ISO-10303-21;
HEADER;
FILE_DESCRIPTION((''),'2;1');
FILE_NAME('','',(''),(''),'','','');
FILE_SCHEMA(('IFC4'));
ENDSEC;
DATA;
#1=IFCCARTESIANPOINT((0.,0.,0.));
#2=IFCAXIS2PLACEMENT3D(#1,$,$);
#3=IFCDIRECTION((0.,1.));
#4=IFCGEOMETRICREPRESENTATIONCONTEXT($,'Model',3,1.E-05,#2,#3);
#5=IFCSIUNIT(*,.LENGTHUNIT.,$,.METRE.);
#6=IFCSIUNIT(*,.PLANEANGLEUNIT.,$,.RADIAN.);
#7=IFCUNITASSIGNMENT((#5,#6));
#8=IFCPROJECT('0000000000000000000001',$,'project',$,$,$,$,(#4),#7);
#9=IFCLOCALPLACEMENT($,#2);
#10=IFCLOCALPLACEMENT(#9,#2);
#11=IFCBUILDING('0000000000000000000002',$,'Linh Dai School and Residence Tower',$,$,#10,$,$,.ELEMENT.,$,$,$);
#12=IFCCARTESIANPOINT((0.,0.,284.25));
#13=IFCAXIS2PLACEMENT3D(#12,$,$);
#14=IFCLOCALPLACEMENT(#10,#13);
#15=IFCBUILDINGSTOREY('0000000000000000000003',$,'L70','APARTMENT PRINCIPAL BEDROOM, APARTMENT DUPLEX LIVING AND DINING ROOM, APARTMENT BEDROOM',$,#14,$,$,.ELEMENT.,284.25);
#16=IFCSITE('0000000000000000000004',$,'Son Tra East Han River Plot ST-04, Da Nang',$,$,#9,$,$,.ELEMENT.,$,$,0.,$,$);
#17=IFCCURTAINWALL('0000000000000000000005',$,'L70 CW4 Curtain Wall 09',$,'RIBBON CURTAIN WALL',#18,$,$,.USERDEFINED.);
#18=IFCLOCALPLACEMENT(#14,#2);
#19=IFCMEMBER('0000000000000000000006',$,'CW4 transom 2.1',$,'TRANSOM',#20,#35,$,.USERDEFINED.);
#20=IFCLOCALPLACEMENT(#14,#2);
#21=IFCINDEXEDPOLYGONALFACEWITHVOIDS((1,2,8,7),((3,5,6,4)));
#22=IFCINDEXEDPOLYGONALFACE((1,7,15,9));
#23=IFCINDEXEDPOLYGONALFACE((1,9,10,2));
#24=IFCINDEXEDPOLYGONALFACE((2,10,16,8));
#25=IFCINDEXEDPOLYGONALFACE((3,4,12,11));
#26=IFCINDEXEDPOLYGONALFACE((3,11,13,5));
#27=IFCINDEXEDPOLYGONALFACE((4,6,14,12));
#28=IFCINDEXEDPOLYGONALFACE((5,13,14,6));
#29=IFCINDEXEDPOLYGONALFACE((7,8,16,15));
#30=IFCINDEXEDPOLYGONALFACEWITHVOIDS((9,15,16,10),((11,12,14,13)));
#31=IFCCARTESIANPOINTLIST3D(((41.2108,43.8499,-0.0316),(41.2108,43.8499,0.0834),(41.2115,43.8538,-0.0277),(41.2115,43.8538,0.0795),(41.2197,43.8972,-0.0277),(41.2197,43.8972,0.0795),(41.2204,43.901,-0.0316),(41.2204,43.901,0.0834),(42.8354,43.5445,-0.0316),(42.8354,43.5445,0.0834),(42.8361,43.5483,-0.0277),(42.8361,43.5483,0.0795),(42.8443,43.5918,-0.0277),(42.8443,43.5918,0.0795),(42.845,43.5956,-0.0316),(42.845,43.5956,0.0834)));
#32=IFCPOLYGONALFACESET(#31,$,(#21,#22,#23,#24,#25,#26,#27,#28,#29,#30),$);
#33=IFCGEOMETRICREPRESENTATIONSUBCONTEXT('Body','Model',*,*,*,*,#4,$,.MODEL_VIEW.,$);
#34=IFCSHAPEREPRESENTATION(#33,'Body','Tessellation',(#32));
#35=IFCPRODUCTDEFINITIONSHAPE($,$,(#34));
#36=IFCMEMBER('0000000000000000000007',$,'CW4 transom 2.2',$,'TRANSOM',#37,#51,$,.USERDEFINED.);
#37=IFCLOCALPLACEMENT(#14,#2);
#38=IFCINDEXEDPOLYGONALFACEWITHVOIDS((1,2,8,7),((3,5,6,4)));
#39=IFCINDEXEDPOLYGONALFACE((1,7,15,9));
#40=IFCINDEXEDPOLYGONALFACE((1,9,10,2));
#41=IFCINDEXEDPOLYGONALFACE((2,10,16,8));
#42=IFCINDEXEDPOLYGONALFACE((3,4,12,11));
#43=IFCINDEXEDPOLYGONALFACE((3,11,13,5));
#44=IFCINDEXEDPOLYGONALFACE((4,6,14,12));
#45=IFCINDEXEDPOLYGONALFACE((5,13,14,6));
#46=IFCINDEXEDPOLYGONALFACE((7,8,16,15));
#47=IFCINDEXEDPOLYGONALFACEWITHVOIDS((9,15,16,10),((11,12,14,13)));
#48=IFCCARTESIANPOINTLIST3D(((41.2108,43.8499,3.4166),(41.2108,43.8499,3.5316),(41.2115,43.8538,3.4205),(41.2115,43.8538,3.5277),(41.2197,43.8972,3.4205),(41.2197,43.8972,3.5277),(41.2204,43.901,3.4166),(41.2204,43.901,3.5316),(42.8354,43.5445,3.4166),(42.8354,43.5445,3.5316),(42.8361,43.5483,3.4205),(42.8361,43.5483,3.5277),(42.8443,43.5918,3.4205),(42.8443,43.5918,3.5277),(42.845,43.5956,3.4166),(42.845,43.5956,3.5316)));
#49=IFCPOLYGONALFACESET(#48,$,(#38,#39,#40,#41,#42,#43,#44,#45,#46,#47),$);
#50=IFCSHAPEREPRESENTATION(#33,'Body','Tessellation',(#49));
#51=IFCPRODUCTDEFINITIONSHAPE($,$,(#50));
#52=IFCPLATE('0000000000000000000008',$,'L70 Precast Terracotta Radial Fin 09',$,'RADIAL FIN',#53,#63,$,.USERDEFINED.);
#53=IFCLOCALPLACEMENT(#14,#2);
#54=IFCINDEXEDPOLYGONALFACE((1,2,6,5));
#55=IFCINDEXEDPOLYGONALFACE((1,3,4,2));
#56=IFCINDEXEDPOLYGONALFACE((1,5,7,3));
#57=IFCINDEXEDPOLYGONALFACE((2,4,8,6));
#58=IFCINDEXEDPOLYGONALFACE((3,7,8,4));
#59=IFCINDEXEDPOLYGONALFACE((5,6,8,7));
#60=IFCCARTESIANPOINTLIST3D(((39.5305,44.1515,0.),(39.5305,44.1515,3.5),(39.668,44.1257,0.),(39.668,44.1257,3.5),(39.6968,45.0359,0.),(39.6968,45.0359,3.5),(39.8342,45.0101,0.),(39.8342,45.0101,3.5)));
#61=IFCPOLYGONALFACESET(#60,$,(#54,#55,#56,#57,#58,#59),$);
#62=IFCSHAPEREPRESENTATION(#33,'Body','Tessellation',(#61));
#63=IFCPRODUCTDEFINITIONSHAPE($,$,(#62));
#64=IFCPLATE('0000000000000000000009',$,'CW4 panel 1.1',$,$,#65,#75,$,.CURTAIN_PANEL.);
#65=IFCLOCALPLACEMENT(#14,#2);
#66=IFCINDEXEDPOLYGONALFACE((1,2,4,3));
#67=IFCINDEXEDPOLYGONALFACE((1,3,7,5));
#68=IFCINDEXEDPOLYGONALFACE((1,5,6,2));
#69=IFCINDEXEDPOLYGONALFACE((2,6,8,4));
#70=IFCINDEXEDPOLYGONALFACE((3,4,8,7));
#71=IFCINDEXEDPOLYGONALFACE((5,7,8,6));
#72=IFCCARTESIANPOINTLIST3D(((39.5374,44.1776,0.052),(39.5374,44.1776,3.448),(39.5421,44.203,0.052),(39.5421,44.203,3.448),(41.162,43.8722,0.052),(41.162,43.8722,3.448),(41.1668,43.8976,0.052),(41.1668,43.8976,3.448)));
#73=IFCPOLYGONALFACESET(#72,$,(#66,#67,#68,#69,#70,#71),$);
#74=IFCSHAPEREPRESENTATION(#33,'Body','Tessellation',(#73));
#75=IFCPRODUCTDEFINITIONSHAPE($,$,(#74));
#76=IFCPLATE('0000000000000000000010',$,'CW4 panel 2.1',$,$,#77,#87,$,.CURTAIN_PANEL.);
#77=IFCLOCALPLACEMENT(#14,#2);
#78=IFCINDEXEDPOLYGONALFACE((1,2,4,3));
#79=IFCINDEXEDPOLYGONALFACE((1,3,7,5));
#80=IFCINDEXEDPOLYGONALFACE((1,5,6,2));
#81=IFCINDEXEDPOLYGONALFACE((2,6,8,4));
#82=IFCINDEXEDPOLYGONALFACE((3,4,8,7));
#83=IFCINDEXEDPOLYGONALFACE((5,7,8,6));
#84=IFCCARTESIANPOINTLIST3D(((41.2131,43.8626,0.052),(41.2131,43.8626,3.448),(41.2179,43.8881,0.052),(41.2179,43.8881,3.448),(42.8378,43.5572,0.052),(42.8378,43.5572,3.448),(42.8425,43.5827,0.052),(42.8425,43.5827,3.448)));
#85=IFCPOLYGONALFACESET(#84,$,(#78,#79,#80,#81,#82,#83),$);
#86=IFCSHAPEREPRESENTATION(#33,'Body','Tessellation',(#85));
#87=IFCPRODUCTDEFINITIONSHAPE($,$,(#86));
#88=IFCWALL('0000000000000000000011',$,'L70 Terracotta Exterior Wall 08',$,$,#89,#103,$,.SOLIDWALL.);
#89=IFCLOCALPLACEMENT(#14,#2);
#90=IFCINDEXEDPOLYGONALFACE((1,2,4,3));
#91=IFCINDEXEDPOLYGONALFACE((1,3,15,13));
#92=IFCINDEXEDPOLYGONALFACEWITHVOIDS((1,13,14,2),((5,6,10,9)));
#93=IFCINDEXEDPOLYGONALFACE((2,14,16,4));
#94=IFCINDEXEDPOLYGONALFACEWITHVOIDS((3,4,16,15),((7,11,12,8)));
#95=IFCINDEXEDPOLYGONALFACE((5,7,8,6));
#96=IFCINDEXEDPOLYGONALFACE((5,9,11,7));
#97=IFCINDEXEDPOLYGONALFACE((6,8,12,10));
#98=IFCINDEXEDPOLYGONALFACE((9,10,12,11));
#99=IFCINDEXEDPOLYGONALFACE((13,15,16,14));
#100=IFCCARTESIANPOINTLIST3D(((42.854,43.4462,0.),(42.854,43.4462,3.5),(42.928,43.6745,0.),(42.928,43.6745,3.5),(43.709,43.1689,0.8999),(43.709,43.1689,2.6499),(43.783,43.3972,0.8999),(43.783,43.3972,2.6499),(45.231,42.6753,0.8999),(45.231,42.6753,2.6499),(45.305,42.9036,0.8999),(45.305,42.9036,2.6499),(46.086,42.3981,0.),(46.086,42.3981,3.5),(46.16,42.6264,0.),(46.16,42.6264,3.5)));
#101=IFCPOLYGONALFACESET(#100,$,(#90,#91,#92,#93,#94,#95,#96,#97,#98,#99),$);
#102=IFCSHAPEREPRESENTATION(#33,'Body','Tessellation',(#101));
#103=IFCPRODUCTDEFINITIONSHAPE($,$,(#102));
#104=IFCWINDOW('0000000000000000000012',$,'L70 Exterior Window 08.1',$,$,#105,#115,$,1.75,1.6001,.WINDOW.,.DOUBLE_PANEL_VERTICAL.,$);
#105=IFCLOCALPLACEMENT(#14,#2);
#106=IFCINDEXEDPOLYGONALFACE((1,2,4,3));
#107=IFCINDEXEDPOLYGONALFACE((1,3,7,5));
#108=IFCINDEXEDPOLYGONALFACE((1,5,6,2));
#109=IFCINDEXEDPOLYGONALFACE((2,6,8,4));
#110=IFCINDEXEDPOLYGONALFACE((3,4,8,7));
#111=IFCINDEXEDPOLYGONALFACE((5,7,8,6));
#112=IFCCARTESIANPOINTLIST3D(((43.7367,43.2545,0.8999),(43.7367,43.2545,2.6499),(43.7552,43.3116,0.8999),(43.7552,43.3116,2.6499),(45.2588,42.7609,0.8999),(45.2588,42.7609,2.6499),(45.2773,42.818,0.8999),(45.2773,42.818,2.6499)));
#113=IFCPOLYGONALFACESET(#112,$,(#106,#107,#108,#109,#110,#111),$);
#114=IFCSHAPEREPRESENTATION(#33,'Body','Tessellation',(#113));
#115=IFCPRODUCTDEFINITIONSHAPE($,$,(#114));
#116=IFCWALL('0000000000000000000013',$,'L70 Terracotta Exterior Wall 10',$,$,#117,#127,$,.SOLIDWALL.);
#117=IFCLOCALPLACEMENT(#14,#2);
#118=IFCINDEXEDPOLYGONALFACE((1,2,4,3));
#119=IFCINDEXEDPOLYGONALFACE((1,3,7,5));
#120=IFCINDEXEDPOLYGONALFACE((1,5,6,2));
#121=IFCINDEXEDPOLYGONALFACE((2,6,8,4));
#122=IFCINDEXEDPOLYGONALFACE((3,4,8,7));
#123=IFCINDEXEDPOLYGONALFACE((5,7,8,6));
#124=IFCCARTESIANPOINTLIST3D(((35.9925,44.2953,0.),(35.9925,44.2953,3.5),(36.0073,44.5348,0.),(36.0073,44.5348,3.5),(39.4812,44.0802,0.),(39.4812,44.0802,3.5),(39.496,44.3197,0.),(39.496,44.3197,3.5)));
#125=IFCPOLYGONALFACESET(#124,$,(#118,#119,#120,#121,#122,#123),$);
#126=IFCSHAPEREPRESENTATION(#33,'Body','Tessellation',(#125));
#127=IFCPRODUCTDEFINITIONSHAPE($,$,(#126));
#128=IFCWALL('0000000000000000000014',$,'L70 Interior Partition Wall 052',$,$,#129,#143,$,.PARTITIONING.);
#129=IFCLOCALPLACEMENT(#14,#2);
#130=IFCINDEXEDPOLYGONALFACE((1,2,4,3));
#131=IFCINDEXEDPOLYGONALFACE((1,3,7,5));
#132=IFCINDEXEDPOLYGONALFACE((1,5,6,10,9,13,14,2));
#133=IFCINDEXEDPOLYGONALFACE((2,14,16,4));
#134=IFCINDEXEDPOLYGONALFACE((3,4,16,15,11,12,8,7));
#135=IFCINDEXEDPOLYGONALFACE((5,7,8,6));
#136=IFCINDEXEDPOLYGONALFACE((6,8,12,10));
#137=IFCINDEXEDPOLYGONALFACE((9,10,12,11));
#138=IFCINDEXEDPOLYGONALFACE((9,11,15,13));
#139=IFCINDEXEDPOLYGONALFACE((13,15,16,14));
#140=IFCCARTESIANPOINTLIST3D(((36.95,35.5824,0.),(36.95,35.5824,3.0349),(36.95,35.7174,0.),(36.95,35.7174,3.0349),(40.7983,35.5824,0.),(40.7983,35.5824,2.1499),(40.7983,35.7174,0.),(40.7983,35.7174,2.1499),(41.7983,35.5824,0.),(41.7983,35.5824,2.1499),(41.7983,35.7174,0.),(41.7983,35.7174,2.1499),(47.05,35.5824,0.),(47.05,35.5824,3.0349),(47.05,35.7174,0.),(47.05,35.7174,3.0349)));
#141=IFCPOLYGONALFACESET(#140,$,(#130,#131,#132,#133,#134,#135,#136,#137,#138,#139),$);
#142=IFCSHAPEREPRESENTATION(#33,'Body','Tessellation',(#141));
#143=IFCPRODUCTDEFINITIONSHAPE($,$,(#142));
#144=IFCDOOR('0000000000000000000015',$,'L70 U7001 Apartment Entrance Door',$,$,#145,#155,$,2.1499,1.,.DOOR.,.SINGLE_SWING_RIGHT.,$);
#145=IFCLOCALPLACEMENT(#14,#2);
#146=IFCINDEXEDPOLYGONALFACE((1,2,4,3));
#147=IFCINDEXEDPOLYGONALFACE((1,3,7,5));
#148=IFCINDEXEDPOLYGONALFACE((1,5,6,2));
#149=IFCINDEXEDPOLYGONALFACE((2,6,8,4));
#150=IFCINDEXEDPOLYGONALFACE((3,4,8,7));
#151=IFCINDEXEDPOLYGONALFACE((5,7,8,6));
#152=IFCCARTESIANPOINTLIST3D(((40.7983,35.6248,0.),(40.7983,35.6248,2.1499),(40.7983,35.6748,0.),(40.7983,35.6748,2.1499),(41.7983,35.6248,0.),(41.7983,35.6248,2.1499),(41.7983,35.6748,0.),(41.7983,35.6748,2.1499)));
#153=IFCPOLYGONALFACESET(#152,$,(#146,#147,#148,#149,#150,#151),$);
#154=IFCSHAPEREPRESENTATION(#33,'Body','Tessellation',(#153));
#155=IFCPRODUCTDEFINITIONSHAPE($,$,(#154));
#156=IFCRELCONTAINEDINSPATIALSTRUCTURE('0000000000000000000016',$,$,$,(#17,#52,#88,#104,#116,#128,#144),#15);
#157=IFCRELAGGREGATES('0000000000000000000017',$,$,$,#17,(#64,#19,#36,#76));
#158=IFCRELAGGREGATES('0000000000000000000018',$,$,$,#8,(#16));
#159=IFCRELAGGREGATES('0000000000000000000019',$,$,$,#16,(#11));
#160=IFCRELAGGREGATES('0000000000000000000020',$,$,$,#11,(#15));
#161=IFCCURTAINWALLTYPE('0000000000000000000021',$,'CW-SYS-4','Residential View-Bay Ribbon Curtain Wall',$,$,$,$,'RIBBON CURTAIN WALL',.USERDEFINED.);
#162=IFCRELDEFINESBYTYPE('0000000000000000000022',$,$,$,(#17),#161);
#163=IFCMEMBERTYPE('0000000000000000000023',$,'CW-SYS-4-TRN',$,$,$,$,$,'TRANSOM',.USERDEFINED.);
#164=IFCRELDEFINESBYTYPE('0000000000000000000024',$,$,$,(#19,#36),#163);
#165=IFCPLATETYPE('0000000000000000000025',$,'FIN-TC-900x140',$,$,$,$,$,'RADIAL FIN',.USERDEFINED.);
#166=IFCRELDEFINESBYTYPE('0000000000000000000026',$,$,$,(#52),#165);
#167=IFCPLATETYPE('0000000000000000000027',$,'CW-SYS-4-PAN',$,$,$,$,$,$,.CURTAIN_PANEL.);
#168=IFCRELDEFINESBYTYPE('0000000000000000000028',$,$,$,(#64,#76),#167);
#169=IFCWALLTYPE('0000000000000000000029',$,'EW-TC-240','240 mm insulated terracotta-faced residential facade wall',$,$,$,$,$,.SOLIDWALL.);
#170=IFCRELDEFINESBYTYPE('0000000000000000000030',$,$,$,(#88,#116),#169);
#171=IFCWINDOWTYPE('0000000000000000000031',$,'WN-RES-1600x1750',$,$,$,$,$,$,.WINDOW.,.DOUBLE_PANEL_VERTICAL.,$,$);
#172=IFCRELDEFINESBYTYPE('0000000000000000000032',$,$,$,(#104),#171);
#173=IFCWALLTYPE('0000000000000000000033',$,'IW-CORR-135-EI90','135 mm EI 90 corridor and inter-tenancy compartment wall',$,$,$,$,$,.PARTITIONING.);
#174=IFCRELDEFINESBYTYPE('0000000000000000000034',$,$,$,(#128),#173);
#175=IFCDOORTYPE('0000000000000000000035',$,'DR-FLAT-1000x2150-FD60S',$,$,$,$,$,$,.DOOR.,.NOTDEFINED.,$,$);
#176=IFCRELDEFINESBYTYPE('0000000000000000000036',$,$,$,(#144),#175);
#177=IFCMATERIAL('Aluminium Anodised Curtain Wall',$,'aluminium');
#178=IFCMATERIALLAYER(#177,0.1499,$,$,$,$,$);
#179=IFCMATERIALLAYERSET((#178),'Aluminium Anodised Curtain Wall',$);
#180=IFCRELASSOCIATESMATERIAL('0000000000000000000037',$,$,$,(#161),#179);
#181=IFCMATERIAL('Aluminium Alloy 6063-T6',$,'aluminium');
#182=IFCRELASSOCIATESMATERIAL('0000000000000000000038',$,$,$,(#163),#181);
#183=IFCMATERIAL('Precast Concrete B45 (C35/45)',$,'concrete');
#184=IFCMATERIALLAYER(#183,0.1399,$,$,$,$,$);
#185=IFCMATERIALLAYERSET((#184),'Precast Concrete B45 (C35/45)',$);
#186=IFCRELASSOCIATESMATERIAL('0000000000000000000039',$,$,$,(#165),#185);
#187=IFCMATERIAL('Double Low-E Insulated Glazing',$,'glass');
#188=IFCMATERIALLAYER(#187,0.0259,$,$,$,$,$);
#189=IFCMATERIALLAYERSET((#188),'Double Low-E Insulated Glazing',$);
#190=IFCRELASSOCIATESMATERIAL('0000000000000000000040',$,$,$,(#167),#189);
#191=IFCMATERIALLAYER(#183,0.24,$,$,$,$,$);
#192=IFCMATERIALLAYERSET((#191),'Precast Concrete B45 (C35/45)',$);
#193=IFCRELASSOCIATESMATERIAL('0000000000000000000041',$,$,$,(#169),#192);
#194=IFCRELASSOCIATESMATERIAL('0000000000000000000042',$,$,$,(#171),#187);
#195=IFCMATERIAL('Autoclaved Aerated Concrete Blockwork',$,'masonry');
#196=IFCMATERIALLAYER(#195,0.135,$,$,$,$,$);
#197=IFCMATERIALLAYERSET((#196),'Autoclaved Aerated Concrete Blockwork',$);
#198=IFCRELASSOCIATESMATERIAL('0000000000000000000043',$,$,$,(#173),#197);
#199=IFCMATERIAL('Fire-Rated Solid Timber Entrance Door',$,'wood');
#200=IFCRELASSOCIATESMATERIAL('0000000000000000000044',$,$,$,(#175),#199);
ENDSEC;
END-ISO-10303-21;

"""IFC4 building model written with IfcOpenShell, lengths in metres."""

from ifc_helpers import new_model, si_unit, direction, frame, frame_2d, origin, origin_2d, place, context, subcontext, project, spatial, rectangle, hollow_rectangle, extrude, source, transform, mapped, material, layer, layer_set, material_profile, profile_set, type_object, element, fill, aggregate, save


model = new_model("IFC4")

# Units and contexts
model_context = context("Model", 3, precision=1e-05, world=origin(), true_north=direction((0.0, 1.0)))
body_context = subcontext(model_context, "Body", "Model", "MODEL_VIEW")
ifc_project = project(units=[si_unit("LENGTHUNIT", "METRE"), si_unit("PLANEANGLEUNIT", "RADIAN")], contexts=[model_context])

# Site, building, storey
site_placement = place(None, origin())
site = spatial("IfcSite", under=ifc_project, at=site_placement, Name="Son Tra East Han River Plot ST-04, Da Nang", CompositionType="ELEMENT", RefElevation=0.0)
building_placement = place(site_placement, origin())
building = spatial("IfcBuilding", under=site, at=building_placement, Name="Linh Dai School and Residence Tower", CompositionType="ELEMENT")
storey_placement = place(building_placement, frame((0.0, 0.0, 284.25)))
storey = spatial("IfcBuildingStorey", under=building, at=storey_placement, Name="L70", Description="APARTMENT PRINCIPAL BEDROOM, APARTMENT DUPLEX LIVING AND DINING ROOM, APARTMENT BEDROOM", CompositionType="ELEMENT", Elevation=284.25)

# Curtain wall, members
ifc_material_1 = material(Name="Aluminium Anodised Curtain Wall", Category="aluminium")
ifc_layer_1 = layer(ifc_material_1, 0.1499)
ifc_layer_set_1 = layer_set([ifc_layer_1], Name="Aluminium Anodised Curtain Wall")
curtain_wall_type = type_object("IfcCurtainWallType", Name="CW-SYS-4", Description="Residential View-Bay Ribbon Curtain Wall", ElementType="RIBBON CURTAIN WALL", PredefinedType="USERDEFINED", material=ifc_layer_set_1)
curtain_wall_placement = place(storey_placement, origin())
curtain_wall = element("IfcCurtainWall", 1, at=curtain_wall_placement, inside=storey, type_object=curtain_wall_type, Name="L70 CW4 Curtain Wall 09", ObjectType="RIBBON CURTAIN WALL", PredefinedType="USERDEFINED")
ifc_material_2 = material(Name="Aluminium Alloy 6063-T6", Category="aluminium")
ifc_material_profile_1 = material_profile(ifc_material_2, hollow_rectangle(XDim=0.052, YDim=0.115, WallThickness=0.0039, at=origin_2d()), Name="RHS 115x52x4")
ifc_profile_set_1 = profile_set([ifc_material_profile_1], Name="Aluminium Alloy 6063-T6")
member_type_1 = type_object("IfcMemberType", Name="CW-SYS-4-TRN", ElementType="TRANSOM", PredefinedType="USERDEFINED", material=ifc_profile_set_1)
shared_shape_1 = source(origin(), body_context, "Body", "SweptSolid", [
    extrude(hollow_rectangle(XDim=0.052, YDim=0.115, WallThickness=0.0039, at=origin_2d()), origin(), (0.0, 0.0, 1.0), 1.6531),
])
member_1_placement = place(storey_placement, frame((41.2156, 43.8755, 0.0259), z_axis=(0.982782, -0.18477, 0.0), x_axis=(0.18477, 0.982782, 0.0)))
member_1 = element("IfcMember", 2, at=member_1_placement, type_object=member_type_1, Name="CW4 transom 2.1", ObjectType="TRANSOM", PredefinedType="USERDEFINED", context=body_context, shape_type="MappedRepresentation", body=[
    mapped(shared_shape_1, transform((0.0, 0.0, 0.0), x_axis=(1.0, 0.0, 0.0), y_axis=(0.0, 1.0, 0.0), z_axis=(0.0, 0.0, 1.0), scale=1.0)),
])
member_2_placement = place(storey_placement, frame((41.2156, 43.8755, 3.4741), z_axis=(0.982782, -0.18477, 0.0), x_axis=(0.18477, 0.982782, 0.0)))
member_2 = element("IfcMember", 3, at=member_2_placement, type_object=member_type_1, Name="CW4 transom 2.2", ObjectType="TRANSOM", PredefinedType="USERDEFINED", context=body_context, shape_type="MappedRepresentation", body=[
    mapped(shared_shape_1, transform((0.0, 0.0, 0.0), x_axis=(1.0, 0.0, 0.0), y_axis=(0.0, 1.0, 0.0), z_axis=(0.0, 0.0, 1.0), scale=1.0)),
])

# Plates
ifc_material_3 = material(Name="Precast Concrete B45 (C35/45)", Category="concrete")
ifc_layer_2 = layer(ifc_material_3, 0.1399)
ifc_layer_set_2 = layer_set([ifc_layer_2], Name="Precast Concrete B45 (C35/45)")
plate_type_1 = type_object("IfcPlateType", Name="FIN-TC-900x140", ElementType="RADIAL FIN", PredefinedType="USERDEFINED", material=ifc_layer_set_2)
shared_shape_2 = source(origin(), body_context, "Body", "SweptSolid", [
    extrude(rectangle(XDim=0.8999, YDim=0.1399, at=origin_2d()), origin(), (0.0, 0.0, 1.0), 3.5),
])
plate_1_placement = place(storey_placement, frame((39.6824, 44.5808, 0.0), z_axis=(0.0, 0.0, 1.0), x_axis=(0.184751, 0.982785, 0.0)))
element("IfcPlate", 4, at=plate_1_placement, inside=storey, type_object=plate_type_1, Name="L70 Precast Terracotta Radial Fin 09", ObjectType="RADIAL FIN", PredefinedType="USERDEFINED", context=body_context, shape_type="MappedRepresentation", body=[
    mapped(shared_shape_2, transform((0.0, 0.0, 0.0), x_axis=(1.0, 0.0, 0.0), y_axis=(0.0, 1.0, 0.0), z_axis=(0.0, 0.0, 1.0), scale=1.0)),
])
ifc_material_4 = material(Name="Double Low-E Insulated Glazing", Category="glass")
ifc_layer_3 = layer(ifc_material_4, 0.0259)
ifc_layer_set_3 = layer_set([ifc_layer_3], Name="Double Low-E Insulated Glazing")
plate_type_2 = type_object("IfcPlateType", Name="CW-SYS-4-PAN", PredefinedType="CURTAIN_PANEL", material=ifc_layer_set_3)
shared_shape_3 = source(origin(), body_context, "Body", "SweptSolid", [
    extrude(rectangle(XDim=1.6531, YDim=0.0259, at=origin_2d()), origin(), (0.0, 0.0, 1.0), 3.396),
])
plate_2_placement = place(storey_placement, frame((40.3521, 44.0376, 0.052), z_axis=(0.0, 0.0, 1.0), x_axis=(0.982785, -0.184751, 0.0)))
plate_2 = element("IfcPlate", 5, at=plate_2_placement, type_object=plate_type_2, Name="CW4 panel 1.1", PredefinedType="CURTAIN_PANEL", context=body_context, shape_type="MappedRepresentation", body=[
    mapped(shared_shape_3, transform((0.0, 0.0, 0.0), x_axis=(1.0, 0.0, 0.0), y_axis=(0.0, 1.0, 0.0), z_axis=(0.0, 0.0, 1.0), scale=1.0)),
])
plate_3_placement = place(storey_placement, frame((42.0278, 43.7227, 0.052), z_axis=(0.0, 0.0, 1.0), x_axis=(0.982785, -0.184751, 0.0)))
plate_3 = element("IfcPlate", 6, at=plate_3_placement, type_object=plate_type_2, Name="CW4 panel 2.1", PredefinedType="CURTAIN_PANEL", context=body_context, shape_type="MappedRepresentation", body=[
    mapped(shared_shape_3, transform((0.0, 0.0, 0.0), x_axis=(1.0, 0.0, 0.0), y_axis=(0.0, 1.0, 0.0), z_axis=(0.0, 0.0, 1.0), scale=1.0)),
])
aggregate(curtain_wall, [plate_2, member_1, member_2, plate_3])

# Wall, opening, window
ifc_layer_4 = layer(ifc_material_3, 0.24)
ifc_layer_set_4 = layer_set([ifc_layer_4], Name="Precast Concrete B45 (C35/45)")
wall_type_1 = type_object("IfcWallType", Name="EW-TC-240", Description="240 mm insulated terracotta-faced residential facade wall", PredefinedType="SOLIDWALL", material=ifc_layer_set_4)
wall_1_placement = place(storey_placement, frame((42.8911, 43.5603, 0.0), z_axis=(0.0, 0.0, 1.0), x_axis=(0.951231, -0.308478, 0.0)))
wall_1 = element("IfcWall", 7, at=wall_1_placement, inside=storey, type_object=wall_type_1, Name="L70 Terracotta Exterior Wall 08", PredefinedType="SOLIDWALL", context=body_context, shape_type="SweptSolid", body=[
    extrude(rectangle(XDim=3.3977, YDim=0.24, at=frame_2d((1.6987, 0.0))), origin(), (0.0, 0.0, 1.0), 3.5),
])
opening_1_placement = place(wall_1_placement, frame((0.8987, 0.0, 0.8999)))
opening_1 = element("IfcOpeningElement", 8, at=opening_1_placement, cuts=wall_1, PredefinedType="OPENING", context=body_context, shape_type="SweptSolid", body=[
    extrude(rectangle(XDim=1.6001, YDim=1.75, at=origin_2d()), frame((0.8, 0.1299, 0.875), z_axis=(0.0, -1.0, 0.0), x_axis=(1.0, 0.0, 0.0)), (0.0, 0.0, 1.0), 0.26),
])
window_type = type_object("IfcWindowType", Name="WN-RES-1600x1750", PartitioningType="DOUBLE_PANEL_VERTICAL", PredefinedType="WINDOW", material=ifc_material_4)
shared_shape_4 = source(origin(), body_context, "Body", "SweptSolid", [
    extrude(rectangle(XDim=1.6001, YDim=1.75, at=origin_2d()), frame((0.8, 0.03, 0.875), z_axis=(0.0, -1.0, 0.0), x_axis=(1.0, 0.0, 0.0)), (0.0, 0.0, 1.0), 0.0601),
])
window_placement = place(opening_1_placement, origin())
window = element("IfcWindow", 9, at=window_placement, inside=storey, type_object=window_type, Name="L70 Exterior Window 08.1", OverallHeight=1.75, OverallWidth=1.6001, PartitioningType="DOUBLE_PANEL_VERTICAL", PredefinedType="WINDOW", context=body_context, shape_type="MappedRepresentation", body=[
    mapped(shared_shape_4, transform((0.0, 0.0, 0.0), x_axis=(1.0, 0.0, 0.0), y_axis=(0.0, 1.0, 0.0), z_axis=(0.0, 0.0, 1.0), scale=1.0)),
])
fill(opening_1, window)

# Wall
wall_2_placement = place(storey_placement, frame((36.0, 44.415, 0.0), z_axis=(0.0, 0.0, 1.0), x_axis=(0.998105, -0.061535, 0.0)))
element("IfcWall", 10, at=wall_2_placement, inside=storey, type_object=wall_type_1, Name="L70 Terracotta Exterior Wall 10", PredefinedType="SOLIDWALL", context=body_context, shape_type="SweptSolid", body=[
    extrude(rectangle(XDim=3.4954, YDim=0.24, at=frame_2d((1.7476, 0.0))), origin(), (0.0, 0.0, 1.0), 3.5),
])

# Wall, opening, door
ifc_material_5 = material(Name="Autoclaved Aerated Concrete Blockwork", Category="masonry")
ifc_layer_5 = layer(ifc_material_5, 0.135)
ifc_layer_set_5 = layer_set([ifc_layer_5], Name="Autoclaved Aerated Concrete Blockwork")
wall_type_2 = type_object("IfcWallType", Name="IW-CORR-135-EI90", Description="135 mm EI 90 corridor and inter-tenancy compartment wall", PredefinedType="PARTITIONING", material=ifc_layer_set_5)
wall_3_placement = place(storey_placement, frame((36.95, 35.6499, 0.0), z_axis=(0.0, 0.0, 1.0), x_axis=(1.0, 0.0, 0.0)))
wall_3 = element("IfcWall", 11, at=wall_3_placement, inside=storey, type_object=wall_type_2, Name="L70 Interior Partition Wall 052", PredefinedType="PARTITIONING", context=body_context, shape_type="SweptSolid", body=[
    extrude(rectangle(XDim=10.1001, YDim=0.135, at=frame_2d((5.05, 0.0))), origin(), (0.0, 0.0, 1.0), 3.0349),
])
opening_2_placement = place(wall_3_placement, frame((3.8484, 0.0, 0.0)))
opening_2 = element("IfcOpeningElement", 12, at=opening_2_placement, cuts=wall_3, PredefinedType="OPENING", context=body_context, shape_type="SweptSolid", body=[
    extrude(rectangle(XDim=1.0, YDim=2.1499, at=origin_2d()), frame((0.5, 0.0776, 1.075), z_axis=(0.0, -1.0, 0.0), x_axis=(1.0, 0.0, 0.0)), (0.0, 0.0, 1.0), 0.155),
])
ifc_material_6 = material(Name="Fire-Rated Solid Timber Entrance Door", Category="wood")
door_type_1 = type_object("IfcDoorType", Name="DR-FLAT-1000x2150-FD60S", OperationType="NOTDEFINED", PredefinedType="DOOR", material=ifc_material_6)
shared_shape_5 = source(origin(), body_context, "Body", "SweptSolid", [
    extrude(rectangle(XDim=1.0, YDim=2.1499, at=origin_2d()), frame((0.5, 0.0249, 1.075), z_axis=(0.0, -1.0, 0.0), x_axis=(1.0, 0.0, 0.0)), (0.0, 0.0, 1.0), 0.05),
])
door_1_placement = place(opening_2_placement, origin())
door_1 = element("IfcDoor", 13, at=door_1_placement, inside=storey, type_object=door_type_1, Name="L70 U7001 Apartment Entrance Door", OperationType="SINGLE_SWING_RIGHT", OverallHeight=2.1499, OverallWidth=1.0, PredefinedType="DOOR", context=body_context, shape_type="MappedRepresentation", body=[
    mapped(shared_shape_5, transform((0.0, 0.0, 0.0), x_axis=(1.0, 0.0, 0.0), y_axis=(0.0, 1.0, 0.0), z_axis=(0.0, 0.0, 1.0), scale=1.0)),
])
fill(opening_2, door_1)

save(model, "model.ifc")
